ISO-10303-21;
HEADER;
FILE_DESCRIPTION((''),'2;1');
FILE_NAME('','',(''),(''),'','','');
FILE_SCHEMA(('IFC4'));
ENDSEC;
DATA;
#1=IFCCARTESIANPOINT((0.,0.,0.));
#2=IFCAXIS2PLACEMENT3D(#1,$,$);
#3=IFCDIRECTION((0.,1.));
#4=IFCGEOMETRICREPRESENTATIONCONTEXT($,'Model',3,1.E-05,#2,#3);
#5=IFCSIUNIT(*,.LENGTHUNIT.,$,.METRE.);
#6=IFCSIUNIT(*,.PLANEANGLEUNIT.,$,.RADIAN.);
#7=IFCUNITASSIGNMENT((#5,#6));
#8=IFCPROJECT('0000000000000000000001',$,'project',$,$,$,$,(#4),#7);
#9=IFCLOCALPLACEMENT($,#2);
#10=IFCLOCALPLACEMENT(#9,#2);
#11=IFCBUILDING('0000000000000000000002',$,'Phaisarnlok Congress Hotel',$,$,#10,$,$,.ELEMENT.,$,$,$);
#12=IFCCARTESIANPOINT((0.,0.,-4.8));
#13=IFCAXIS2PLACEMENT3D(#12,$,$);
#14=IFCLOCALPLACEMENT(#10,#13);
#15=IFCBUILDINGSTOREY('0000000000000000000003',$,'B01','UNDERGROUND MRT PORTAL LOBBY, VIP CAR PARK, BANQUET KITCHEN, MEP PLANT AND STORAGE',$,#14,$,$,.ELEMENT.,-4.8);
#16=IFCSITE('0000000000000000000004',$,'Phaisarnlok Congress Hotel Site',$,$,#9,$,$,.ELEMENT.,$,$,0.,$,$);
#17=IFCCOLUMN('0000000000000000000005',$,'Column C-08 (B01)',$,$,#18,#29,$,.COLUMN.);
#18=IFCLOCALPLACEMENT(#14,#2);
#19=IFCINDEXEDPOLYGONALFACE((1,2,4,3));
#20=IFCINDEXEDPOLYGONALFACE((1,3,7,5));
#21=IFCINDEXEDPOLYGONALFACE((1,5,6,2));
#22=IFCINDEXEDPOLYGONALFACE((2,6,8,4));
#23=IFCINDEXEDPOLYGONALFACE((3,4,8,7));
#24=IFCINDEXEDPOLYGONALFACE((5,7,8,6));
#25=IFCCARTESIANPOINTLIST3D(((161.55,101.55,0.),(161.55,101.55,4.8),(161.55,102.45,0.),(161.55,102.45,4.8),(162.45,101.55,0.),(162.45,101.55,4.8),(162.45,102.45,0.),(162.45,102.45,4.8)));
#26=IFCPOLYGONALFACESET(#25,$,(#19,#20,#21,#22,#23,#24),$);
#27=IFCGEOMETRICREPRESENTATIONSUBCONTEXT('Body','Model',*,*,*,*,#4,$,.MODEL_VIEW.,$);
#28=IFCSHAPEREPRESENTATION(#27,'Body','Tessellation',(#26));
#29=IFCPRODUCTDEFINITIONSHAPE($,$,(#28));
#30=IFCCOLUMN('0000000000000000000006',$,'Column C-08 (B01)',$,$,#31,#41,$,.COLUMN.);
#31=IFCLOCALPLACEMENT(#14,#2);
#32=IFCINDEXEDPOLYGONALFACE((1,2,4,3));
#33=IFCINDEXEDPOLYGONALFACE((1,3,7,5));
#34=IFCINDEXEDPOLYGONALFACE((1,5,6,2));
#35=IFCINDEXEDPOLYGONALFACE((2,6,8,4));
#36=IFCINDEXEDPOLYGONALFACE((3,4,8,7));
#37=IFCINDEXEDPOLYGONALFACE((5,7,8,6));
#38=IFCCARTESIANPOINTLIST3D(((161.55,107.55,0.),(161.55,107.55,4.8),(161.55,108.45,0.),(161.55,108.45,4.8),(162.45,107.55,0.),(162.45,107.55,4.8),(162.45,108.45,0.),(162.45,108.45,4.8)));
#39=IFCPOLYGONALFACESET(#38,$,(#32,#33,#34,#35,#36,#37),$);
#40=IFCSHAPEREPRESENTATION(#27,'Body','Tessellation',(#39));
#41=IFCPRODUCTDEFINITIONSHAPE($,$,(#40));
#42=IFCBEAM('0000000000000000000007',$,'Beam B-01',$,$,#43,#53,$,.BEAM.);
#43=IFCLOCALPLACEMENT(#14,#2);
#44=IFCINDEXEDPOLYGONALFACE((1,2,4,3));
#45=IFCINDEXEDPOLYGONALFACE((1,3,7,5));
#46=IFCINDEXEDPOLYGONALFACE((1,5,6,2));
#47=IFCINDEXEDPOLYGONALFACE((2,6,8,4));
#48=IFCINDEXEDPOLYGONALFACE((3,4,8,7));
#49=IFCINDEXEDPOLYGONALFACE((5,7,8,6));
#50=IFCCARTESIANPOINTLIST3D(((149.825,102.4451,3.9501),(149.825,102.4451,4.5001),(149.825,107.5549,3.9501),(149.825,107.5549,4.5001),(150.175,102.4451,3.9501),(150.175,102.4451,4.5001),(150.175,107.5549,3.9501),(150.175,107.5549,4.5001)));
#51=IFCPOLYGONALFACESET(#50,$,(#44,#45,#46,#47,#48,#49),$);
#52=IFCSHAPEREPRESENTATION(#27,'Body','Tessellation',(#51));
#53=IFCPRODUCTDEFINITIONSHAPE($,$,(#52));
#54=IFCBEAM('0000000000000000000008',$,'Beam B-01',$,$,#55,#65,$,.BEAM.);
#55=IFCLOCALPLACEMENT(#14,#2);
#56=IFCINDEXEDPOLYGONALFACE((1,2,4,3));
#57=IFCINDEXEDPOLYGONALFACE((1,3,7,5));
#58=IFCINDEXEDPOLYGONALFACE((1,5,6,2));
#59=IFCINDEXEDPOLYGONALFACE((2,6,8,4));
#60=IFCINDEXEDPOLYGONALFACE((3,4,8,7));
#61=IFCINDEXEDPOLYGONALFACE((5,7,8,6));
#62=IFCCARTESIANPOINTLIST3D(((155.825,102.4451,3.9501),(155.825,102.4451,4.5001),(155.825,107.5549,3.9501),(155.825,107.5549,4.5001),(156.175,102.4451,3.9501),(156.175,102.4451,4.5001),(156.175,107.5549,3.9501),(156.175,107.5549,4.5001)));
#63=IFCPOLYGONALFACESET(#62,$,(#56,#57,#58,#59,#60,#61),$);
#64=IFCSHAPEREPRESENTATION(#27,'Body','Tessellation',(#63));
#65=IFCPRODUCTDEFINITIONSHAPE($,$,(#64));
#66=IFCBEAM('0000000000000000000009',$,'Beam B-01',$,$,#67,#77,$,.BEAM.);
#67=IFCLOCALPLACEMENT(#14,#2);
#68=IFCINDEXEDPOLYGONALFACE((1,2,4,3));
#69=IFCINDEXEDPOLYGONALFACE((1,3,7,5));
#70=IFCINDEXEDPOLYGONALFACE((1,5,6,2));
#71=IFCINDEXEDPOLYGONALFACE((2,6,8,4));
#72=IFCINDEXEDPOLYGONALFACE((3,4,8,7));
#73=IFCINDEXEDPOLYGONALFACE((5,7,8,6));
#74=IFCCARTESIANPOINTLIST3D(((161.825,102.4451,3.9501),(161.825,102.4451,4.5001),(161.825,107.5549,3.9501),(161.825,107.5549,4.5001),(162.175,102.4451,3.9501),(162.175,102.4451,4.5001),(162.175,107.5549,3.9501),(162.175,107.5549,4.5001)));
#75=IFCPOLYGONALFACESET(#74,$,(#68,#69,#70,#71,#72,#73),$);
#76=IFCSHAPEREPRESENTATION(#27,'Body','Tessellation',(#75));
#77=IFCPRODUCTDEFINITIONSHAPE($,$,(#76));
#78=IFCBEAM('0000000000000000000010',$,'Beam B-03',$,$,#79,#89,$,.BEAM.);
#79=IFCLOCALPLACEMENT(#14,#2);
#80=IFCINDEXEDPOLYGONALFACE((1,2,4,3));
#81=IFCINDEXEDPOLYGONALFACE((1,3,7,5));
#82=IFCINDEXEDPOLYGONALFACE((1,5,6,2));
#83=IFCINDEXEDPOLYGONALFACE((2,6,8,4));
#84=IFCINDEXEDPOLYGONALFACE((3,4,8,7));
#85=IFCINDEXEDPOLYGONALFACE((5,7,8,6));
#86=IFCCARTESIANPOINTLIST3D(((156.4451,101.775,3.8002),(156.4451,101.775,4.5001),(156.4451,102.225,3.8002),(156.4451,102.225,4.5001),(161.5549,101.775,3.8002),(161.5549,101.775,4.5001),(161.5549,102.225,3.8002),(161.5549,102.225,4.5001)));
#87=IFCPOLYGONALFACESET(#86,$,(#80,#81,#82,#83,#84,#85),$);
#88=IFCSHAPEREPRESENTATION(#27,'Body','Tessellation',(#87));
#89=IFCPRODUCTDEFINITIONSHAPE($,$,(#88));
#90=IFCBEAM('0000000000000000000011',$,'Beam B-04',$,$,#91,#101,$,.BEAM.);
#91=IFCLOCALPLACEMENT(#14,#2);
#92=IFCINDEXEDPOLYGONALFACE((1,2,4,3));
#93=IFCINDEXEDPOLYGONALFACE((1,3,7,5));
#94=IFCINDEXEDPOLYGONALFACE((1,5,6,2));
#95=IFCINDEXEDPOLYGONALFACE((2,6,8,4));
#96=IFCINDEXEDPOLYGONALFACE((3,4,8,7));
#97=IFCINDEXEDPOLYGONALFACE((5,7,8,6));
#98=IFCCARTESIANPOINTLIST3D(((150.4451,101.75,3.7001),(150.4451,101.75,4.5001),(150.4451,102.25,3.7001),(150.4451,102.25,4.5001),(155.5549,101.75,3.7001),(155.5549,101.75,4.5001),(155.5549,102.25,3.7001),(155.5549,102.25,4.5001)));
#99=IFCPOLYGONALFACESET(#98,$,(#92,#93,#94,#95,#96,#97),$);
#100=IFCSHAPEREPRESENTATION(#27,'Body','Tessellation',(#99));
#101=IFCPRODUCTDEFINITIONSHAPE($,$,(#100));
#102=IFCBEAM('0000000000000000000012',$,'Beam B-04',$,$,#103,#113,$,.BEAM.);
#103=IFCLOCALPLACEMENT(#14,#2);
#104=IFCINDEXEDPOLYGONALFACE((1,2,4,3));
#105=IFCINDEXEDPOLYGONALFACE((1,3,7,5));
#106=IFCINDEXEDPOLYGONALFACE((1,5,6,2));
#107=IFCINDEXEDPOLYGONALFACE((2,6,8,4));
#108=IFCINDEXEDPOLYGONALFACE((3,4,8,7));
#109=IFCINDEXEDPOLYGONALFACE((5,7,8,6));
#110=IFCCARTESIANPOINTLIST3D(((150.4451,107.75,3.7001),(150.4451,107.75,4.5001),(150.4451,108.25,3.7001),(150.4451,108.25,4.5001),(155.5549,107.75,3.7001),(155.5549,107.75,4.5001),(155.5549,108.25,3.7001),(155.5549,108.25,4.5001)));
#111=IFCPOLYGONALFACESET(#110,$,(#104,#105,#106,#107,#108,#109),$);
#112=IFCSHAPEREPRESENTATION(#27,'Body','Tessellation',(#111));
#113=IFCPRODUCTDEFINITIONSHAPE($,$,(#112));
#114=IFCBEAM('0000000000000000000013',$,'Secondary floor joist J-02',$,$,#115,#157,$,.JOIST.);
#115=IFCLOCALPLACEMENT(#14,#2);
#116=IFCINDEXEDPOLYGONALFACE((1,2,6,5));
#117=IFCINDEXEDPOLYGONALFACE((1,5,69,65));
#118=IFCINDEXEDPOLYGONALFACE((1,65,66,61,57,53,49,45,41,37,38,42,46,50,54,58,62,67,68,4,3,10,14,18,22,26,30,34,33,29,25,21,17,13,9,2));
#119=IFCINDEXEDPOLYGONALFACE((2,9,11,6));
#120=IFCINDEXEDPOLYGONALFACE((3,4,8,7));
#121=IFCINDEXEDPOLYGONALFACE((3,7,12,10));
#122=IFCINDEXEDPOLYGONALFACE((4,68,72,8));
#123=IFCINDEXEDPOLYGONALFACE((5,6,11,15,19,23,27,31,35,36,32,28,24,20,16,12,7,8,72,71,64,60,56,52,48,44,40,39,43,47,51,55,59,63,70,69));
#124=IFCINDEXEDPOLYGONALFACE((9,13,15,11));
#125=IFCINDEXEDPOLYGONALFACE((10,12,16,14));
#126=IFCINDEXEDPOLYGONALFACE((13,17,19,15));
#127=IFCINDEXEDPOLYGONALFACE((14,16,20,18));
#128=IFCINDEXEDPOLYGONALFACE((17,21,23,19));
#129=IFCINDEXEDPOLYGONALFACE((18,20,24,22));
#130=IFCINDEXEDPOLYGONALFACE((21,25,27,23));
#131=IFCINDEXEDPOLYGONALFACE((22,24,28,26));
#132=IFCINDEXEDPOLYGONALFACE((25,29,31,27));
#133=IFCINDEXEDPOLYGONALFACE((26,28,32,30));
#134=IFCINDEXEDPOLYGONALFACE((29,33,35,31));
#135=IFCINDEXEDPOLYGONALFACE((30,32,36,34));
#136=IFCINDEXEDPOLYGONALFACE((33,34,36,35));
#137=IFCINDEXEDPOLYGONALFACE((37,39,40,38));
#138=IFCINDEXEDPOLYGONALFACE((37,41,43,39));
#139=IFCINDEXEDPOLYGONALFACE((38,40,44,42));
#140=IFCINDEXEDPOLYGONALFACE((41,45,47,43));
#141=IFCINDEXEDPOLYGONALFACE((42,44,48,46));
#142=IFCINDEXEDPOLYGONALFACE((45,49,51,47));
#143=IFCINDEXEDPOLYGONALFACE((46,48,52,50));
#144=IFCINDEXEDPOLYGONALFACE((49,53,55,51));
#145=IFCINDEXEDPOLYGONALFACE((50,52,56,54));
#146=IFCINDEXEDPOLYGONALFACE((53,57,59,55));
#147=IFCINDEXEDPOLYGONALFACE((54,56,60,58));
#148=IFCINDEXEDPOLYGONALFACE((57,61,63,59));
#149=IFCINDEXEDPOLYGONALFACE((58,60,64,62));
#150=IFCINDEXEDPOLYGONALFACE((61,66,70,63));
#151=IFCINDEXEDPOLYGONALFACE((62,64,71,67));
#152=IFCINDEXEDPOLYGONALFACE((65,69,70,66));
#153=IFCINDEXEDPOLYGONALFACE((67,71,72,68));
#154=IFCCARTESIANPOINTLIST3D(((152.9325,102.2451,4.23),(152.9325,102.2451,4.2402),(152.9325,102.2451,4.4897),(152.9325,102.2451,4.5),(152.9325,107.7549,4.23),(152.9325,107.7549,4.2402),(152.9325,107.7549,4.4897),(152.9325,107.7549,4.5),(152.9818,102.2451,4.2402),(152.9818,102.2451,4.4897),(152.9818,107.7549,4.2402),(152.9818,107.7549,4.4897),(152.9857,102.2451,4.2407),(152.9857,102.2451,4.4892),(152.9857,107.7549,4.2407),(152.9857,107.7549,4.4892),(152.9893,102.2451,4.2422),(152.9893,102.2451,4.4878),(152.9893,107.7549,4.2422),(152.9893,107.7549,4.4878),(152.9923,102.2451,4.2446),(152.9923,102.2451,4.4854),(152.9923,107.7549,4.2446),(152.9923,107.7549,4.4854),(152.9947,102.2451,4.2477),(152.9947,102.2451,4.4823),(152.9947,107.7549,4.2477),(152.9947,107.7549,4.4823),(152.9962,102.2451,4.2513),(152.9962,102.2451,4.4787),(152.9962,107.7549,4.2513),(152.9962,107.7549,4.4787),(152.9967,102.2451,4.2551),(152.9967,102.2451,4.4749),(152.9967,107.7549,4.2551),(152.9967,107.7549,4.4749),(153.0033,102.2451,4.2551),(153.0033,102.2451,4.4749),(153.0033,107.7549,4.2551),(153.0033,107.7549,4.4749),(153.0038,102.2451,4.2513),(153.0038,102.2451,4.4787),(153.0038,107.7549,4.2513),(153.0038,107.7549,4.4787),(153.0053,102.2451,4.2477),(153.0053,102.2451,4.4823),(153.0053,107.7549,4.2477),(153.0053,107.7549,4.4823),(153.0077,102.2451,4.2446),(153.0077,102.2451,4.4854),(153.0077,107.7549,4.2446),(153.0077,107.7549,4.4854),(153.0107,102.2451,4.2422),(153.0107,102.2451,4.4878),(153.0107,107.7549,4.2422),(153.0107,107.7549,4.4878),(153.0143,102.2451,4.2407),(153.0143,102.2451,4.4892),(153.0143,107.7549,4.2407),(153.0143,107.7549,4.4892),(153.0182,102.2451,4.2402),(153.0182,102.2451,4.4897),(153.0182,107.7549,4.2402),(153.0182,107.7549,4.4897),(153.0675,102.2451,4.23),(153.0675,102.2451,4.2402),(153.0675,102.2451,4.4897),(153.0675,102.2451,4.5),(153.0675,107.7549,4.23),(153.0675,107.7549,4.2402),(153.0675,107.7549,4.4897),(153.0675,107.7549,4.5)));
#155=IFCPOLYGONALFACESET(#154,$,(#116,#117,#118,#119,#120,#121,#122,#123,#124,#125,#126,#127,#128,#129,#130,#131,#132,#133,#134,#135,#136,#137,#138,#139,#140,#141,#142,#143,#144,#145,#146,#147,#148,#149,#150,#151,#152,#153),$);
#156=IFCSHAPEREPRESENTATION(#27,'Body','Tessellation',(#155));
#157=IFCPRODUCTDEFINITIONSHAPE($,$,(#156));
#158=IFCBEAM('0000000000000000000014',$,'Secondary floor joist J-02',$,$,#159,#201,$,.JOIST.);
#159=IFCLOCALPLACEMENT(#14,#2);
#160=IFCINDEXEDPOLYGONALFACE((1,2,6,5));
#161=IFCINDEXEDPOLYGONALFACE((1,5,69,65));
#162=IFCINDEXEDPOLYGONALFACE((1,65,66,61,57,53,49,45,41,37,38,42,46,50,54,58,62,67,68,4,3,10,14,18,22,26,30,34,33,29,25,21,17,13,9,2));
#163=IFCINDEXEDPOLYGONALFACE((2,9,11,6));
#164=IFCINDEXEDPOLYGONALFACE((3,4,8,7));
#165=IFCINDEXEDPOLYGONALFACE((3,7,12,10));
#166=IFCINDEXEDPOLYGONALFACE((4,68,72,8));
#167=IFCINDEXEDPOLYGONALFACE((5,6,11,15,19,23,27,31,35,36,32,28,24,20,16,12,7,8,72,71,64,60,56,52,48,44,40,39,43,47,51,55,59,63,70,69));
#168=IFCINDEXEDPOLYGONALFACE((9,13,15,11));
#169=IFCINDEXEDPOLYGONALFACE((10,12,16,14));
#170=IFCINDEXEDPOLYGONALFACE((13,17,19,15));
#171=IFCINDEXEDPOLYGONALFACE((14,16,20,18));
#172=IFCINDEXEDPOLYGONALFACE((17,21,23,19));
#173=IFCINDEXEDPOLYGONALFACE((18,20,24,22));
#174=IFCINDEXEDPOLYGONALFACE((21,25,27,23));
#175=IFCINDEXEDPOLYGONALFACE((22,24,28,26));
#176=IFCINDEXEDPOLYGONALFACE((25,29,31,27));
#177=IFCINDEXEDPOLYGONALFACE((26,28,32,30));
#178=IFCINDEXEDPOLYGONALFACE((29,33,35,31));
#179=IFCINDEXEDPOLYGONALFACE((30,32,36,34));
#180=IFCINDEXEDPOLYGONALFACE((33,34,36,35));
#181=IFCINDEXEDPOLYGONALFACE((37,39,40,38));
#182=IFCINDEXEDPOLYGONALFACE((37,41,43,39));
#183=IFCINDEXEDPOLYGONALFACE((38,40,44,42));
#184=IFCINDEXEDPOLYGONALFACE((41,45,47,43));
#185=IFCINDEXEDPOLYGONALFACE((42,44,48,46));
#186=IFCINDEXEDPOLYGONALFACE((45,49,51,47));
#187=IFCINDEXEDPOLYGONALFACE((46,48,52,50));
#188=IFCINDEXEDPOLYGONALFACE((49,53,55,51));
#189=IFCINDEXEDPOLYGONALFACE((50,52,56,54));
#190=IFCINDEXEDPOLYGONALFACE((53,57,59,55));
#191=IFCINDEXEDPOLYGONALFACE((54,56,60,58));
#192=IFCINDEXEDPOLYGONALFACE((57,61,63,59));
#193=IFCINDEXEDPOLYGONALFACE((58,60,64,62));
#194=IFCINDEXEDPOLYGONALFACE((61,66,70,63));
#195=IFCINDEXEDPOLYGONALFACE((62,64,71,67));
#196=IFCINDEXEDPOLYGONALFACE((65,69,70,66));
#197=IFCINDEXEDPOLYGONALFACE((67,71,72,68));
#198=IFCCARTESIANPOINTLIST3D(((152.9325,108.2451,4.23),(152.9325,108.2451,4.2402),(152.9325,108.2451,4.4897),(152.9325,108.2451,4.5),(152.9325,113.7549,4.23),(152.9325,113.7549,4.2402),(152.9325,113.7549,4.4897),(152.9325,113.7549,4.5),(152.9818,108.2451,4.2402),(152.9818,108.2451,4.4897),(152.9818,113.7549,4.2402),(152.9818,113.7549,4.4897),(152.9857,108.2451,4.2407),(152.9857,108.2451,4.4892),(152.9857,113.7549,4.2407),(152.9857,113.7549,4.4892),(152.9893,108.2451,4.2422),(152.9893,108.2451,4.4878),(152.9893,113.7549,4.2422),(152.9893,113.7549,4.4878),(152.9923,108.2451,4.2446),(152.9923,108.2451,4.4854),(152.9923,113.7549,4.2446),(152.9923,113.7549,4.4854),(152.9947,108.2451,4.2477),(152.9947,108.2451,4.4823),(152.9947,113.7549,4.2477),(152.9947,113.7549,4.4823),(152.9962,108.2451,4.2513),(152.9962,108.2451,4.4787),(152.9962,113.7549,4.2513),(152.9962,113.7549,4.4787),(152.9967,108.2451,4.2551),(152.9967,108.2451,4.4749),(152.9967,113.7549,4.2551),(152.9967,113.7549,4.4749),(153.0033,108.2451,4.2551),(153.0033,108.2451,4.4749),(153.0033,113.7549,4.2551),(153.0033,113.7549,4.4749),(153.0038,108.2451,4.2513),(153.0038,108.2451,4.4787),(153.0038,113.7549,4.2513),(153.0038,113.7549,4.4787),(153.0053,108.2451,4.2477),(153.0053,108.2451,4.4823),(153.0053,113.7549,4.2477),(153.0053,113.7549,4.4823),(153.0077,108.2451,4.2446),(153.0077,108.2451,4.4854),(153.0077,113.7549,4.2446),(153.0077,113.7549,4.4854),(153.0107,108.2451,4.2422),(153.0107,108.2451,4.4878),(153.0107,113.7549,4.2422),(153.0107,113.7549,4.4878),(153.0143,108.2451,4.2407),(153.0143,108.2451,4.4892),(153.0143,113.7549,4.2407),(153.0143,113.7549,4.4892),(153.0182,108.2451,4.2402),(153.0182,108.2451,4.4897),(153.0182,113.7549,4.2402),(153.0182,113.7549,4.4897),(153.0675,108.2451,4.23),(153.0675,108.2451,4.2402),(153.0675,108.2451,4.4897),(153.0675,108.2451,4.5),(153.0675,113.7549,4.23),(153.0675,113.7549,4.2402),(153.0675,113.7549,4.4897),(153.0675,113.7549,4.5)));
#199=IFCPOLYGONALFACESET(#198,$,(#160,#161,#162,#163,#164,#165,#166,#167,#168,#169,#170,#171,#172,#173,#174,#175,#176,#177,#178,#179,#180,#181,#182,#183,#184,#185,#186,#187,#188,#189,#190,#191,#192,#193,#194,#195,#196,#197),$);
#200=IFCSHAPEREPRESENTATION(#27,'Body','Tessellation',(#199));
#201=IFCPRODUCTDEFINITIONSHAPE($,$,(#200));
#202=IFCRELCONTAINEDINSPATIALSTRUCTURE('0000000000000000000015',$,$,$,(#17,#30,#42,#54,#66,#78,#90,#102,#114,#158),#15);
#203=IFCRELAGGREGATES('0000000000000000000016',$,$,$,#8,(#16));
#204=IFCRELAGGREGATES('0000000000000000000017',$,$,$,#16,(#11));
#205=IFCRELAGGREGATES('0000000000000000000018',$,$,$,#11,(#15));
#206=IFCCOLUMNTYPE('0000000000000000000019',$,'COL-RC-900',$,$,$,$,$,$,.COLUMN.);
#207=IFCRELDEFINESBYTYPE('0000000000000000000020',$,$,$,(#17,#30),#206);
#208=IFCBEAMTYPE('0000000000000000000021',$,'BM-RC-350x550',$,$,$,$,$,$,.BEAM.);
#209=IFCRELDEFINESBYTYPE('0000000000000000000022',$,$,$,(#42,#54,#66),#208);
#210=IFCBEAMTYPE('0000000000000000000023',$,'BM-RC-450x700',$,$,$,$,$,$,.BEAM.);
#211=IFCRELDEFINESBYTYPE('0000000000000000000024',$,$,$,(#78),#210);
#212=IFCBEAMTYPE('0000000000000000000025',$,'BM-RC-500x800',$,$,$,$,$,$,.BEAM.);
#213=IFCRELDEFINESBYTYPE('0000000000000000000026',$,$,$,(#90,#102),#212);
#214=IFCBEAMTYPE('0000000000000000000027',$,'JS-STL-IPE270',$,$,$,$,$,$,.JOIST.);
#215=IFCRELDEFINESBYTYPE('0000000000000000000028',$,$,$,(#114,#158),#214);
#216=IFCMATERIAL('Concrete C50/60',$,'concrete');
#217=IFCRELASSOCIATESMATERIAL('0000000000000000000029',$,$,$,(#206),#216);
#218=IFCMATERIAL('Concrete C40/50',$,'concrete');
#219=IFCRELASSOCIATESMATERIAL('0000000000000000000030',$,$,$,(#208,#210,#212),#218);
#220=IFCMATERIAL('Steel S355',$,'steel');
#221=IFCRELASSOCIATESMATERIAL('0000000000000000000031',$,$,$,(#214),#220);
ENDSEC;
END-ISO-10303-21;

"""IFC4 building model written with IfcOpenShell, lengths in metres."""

from ifc_helpers import new_model, si_unit, direction, frame, origin, origin_2d, place, context, subcontext, project, spatial, rectangle, i_section, extrude, material, material_profile, profile_set, type_object, element, save


model = new_model("IFC4")

# Units and contexts
model_context = context("Model", 3, precision=1e-05, world=origin(), true_north=direction((0.0, 1.0)))
body_context = subcontext(model_context, "Body", "Model", "MODEL_VIEW")
ifc_project = project(units=[si_unit("LENGTHUNIT", "METRE"), si_unit("PLANEANGLEUNIT", "RADIAN")], contexts=[model_context])

# Site, building, storey
site_placement = place(None, origin())
site = spatial("IfcSite", under=ifc_project, at=site_placement, Name="Phaisarnlok Congress Hotel Site", CompositionType="ELEMENT", RefElevation=0.0)
building_placement = place(site_placement, origin())
building = spatial("IfcBuilding", under=site, at=building_placement, Name="Phaisarnlok Congress Hotel", CompositionType="ELEMENT")
storey_placement = place(building_placement, frame((0.0, 0.0, -4.8)))
storey = spatial("IfcBuildingStorey", under=building, at=storey_placement, Name="B01", Description="UNDERGROUND MRT PORTAL LOBBY, VIP CAR PARK, BANQUET KITCHEN, MEP PLANT AND STORAGE", CompositionType="ELEMENT", Elevation=-4.8)

# Shared definitions
ifc_material_1 = material(Name="Concrete C40/50", Category="concrete")

# Columns
ifc_material_2 = material(Name="Concrete C50/60", Category="concrete")
ifc_material_profile_1 = material_profile(ifc_material_2, rectangle(XDim=0.8999, YDim=0.8999, at=origin_2d()), Name="RC 900x900")
ifc_profile_set_1 = profile_set([ifc_material_profile_1], Name="Concrete C50/60")
column_type = type_object("IfcColumnType", Name="COL-RC-900", PredefinedType="COLUMN", material=ifc_profile_set_1)
for number, where, z_axis, x_axis, name in (
    (1, (162.0, 102.0, 0.0), (0.0, 0.0, 1.0), (1.0, 0.0, 0.0), "Column C-08 (B01)"),
    (2, (162.0, 108.0, 0.0), (0.0, 0.0, 1.0), (1.0, 0.0, 0.0), "Column C-08 (B01)"),
):
    element("IfcColumn", number, at=place(storey_placement, frame(where, z_axis=z_axis, x_axis=x_axis)), inside=storey, type_object=column_type, Name=name, PredefinedType="COLUMN", context=body_context, shape_type="SweptSolid", body=[
        extrude(rectangle(XDim=0.8999, YDim=0.8999, at=origin_2d()), origin(), (0.0, 0.0, 1.0), 4.8),
    ])

# Beams
ifc_material_profile_2 = material_profile(ifc_material_1, rectangle(XDim=0.3501, YDim=0.55, at=origin_2d()), Name="RC 350x550")
ifc_profile_set_2 = profile_set([ifc_material_profile_2], Name="Concrete C40/50")
beam_type_1 = type_object("IfcBeamType", Name="BM-RC-350x550", PredefinedType="BEAM", material=ifc_profile_set_2)
for number, where, z_axis, x_axis, name in (
    (3, (150.0, 102.4451, 4.2251), (0.0, 1.0, 0.0), (-1.0, 0.0, 0.0), "Beam B-01"),
    (4, (156.0, 102.4451, 4.2251), (0.0, 1.0, 0.0), (-1.0, 0.0, 0.0), "Beam B-01"),
    (5, (162.0, 102.4451, 4.2251), (0.0, 1.0, 0.0), (-1.0, 0.0, 0.0), "Beam B-01"),
):
    element("IfcBeam", number, at=place(storey_placement, frame(where, z_axis=z_axis, x_axis=x_axis)), inside=storey, type_object=beam_type_1, Name=name, PredefinedType="BEAM", context=body_context, shape_type="SweptSolid", body=[
        extrude(rectangle(XDim=0.3501, YDim=0.55, at=origin_2d()), origin(), (0.0, 0.0, 1.0), 5.1099),
    ])
ifc_material_profile_3 = material_profile(ifc_material_1, rectangle(XDim=0.45, YDim=0.7, at=origin_2d()), Name="RC 450x700")
ifc_profile_set_3 = profile_set([ifc_material_profile_3], Name="Concrete C40/50")
beam_type_2 = type_object("IfcBeamType", Name="BM-RC-450x700", PredefinedType="BEAM", material=ifc_profile_set_3)
beam_placement = place(storey_placement, frame((156.4451, 102.0, 4.1501), z_axis=(1.0, 0.0, 0.0), x_axis=(0.0, 1.0, 0.0)))
element("IfcBeam", 6, at=beam_placement, inside=storey, type_object=beam_type_2, Name="Beam B-03", PredefinedType="BEAM", context=body_context, shape_type="SweptSolid", body=[
    extrude(rectangle(XDim=0.45, YDim=0.7, at=origin_2d()), origin(), (0.0, 0.0, 1.0), 5.1099),
])
ifc_material_profile_4 = material_profile(ifc_material_1, rectangle(XDim=0.5, YDim=0.8, at=origin_2d()), Name="RC 500x800")
ifc_profile_set_4 = profile_set([ifc_material_profile_4], Name="Concrete C40/50")
beam_type_3 = type_object("IfcBeamType", Name="BM-RC-500x800", PredefinedType="BEAM", material=ifc_profile_set_4)
for number, where, z_axis, x_axis, name in (
    (7, (150.4451, 102.0, 4.1001), (1.0, 0.0, 0.0), (0.0, 1.0, 0.0), "Beam B-04"),
    (8, (150.4451, 108.0, 4.1001), (1.0, 0.0, 0.0), (0.0, 1.0, 0.0), "Beam B-04"),
):
    element("IfcBeam", number, at=place(storey_placement, frame(where, z_axis=z_axis, x_axis=x_axis)), inside=storey, type_object=beam_type_3, Name=name, PredefinedType="BEAM", context=body_context, shape_type="SweptSolid", body=[
        extrude(rectangle(XDim=0.5, YDim=0.8, at=origin_2d()), origin(), (0.0, 0.0, 1.0), 5.1099),
    ])
ifc_material_3 = material(Name="Steel S355", Category="steel")
ifc_material_profile_5 = material_profile(ifc_material_3, i_section(OverallWidth=0.135, OverallDepth=0.27, WebThickness=0.0066, FlangeThickness=0.0103, FilletRadius=0.0149, at=origin_2d()), Name="IPE 270")
ifc_profile_set_5 = profile_set([ifc_material_profile_5], Name="Steel S355")
beam_type_4 = type_object("IfcBeamType", Name="JS-STL-IPE270", PredefinedType="JOIST", material=ifc_profile_set_5)
for number, where, z_axis, x_axis, name in (
    (9, (153.0, 102.2451, 4.365), (0.0, 1.0, 0.0), (-1.0, 0.0, 0.0), "Secondary floor joist J-02"),
    (10, (153.0, 108.2451, 4.365), (0.0, 1.0, 0.0), (-1.0, 0.0, 0.0), "Secondary floor joist J-02"),
):
    element("IfcBeam", number, at=place(storey_placement, frame(where, z_axis=z_axis, x_axis=x_axis)), inside=storey, type_object=beam_type_4, Name=name, PredefinedType="JOIST", context=body_context, shape_type="SweptSolid", body=[
        extrude(i_section(OverallWidth=0.135, OverallDepth=0.27, WebThickness=0.0066, FlangeThickness=0.0103, FilletRadius=0.0149, at=origin_2d()), origin(), (0.0, 0.0, 1.0), 5.5098),
    ])

save(model, "model.ifc")
